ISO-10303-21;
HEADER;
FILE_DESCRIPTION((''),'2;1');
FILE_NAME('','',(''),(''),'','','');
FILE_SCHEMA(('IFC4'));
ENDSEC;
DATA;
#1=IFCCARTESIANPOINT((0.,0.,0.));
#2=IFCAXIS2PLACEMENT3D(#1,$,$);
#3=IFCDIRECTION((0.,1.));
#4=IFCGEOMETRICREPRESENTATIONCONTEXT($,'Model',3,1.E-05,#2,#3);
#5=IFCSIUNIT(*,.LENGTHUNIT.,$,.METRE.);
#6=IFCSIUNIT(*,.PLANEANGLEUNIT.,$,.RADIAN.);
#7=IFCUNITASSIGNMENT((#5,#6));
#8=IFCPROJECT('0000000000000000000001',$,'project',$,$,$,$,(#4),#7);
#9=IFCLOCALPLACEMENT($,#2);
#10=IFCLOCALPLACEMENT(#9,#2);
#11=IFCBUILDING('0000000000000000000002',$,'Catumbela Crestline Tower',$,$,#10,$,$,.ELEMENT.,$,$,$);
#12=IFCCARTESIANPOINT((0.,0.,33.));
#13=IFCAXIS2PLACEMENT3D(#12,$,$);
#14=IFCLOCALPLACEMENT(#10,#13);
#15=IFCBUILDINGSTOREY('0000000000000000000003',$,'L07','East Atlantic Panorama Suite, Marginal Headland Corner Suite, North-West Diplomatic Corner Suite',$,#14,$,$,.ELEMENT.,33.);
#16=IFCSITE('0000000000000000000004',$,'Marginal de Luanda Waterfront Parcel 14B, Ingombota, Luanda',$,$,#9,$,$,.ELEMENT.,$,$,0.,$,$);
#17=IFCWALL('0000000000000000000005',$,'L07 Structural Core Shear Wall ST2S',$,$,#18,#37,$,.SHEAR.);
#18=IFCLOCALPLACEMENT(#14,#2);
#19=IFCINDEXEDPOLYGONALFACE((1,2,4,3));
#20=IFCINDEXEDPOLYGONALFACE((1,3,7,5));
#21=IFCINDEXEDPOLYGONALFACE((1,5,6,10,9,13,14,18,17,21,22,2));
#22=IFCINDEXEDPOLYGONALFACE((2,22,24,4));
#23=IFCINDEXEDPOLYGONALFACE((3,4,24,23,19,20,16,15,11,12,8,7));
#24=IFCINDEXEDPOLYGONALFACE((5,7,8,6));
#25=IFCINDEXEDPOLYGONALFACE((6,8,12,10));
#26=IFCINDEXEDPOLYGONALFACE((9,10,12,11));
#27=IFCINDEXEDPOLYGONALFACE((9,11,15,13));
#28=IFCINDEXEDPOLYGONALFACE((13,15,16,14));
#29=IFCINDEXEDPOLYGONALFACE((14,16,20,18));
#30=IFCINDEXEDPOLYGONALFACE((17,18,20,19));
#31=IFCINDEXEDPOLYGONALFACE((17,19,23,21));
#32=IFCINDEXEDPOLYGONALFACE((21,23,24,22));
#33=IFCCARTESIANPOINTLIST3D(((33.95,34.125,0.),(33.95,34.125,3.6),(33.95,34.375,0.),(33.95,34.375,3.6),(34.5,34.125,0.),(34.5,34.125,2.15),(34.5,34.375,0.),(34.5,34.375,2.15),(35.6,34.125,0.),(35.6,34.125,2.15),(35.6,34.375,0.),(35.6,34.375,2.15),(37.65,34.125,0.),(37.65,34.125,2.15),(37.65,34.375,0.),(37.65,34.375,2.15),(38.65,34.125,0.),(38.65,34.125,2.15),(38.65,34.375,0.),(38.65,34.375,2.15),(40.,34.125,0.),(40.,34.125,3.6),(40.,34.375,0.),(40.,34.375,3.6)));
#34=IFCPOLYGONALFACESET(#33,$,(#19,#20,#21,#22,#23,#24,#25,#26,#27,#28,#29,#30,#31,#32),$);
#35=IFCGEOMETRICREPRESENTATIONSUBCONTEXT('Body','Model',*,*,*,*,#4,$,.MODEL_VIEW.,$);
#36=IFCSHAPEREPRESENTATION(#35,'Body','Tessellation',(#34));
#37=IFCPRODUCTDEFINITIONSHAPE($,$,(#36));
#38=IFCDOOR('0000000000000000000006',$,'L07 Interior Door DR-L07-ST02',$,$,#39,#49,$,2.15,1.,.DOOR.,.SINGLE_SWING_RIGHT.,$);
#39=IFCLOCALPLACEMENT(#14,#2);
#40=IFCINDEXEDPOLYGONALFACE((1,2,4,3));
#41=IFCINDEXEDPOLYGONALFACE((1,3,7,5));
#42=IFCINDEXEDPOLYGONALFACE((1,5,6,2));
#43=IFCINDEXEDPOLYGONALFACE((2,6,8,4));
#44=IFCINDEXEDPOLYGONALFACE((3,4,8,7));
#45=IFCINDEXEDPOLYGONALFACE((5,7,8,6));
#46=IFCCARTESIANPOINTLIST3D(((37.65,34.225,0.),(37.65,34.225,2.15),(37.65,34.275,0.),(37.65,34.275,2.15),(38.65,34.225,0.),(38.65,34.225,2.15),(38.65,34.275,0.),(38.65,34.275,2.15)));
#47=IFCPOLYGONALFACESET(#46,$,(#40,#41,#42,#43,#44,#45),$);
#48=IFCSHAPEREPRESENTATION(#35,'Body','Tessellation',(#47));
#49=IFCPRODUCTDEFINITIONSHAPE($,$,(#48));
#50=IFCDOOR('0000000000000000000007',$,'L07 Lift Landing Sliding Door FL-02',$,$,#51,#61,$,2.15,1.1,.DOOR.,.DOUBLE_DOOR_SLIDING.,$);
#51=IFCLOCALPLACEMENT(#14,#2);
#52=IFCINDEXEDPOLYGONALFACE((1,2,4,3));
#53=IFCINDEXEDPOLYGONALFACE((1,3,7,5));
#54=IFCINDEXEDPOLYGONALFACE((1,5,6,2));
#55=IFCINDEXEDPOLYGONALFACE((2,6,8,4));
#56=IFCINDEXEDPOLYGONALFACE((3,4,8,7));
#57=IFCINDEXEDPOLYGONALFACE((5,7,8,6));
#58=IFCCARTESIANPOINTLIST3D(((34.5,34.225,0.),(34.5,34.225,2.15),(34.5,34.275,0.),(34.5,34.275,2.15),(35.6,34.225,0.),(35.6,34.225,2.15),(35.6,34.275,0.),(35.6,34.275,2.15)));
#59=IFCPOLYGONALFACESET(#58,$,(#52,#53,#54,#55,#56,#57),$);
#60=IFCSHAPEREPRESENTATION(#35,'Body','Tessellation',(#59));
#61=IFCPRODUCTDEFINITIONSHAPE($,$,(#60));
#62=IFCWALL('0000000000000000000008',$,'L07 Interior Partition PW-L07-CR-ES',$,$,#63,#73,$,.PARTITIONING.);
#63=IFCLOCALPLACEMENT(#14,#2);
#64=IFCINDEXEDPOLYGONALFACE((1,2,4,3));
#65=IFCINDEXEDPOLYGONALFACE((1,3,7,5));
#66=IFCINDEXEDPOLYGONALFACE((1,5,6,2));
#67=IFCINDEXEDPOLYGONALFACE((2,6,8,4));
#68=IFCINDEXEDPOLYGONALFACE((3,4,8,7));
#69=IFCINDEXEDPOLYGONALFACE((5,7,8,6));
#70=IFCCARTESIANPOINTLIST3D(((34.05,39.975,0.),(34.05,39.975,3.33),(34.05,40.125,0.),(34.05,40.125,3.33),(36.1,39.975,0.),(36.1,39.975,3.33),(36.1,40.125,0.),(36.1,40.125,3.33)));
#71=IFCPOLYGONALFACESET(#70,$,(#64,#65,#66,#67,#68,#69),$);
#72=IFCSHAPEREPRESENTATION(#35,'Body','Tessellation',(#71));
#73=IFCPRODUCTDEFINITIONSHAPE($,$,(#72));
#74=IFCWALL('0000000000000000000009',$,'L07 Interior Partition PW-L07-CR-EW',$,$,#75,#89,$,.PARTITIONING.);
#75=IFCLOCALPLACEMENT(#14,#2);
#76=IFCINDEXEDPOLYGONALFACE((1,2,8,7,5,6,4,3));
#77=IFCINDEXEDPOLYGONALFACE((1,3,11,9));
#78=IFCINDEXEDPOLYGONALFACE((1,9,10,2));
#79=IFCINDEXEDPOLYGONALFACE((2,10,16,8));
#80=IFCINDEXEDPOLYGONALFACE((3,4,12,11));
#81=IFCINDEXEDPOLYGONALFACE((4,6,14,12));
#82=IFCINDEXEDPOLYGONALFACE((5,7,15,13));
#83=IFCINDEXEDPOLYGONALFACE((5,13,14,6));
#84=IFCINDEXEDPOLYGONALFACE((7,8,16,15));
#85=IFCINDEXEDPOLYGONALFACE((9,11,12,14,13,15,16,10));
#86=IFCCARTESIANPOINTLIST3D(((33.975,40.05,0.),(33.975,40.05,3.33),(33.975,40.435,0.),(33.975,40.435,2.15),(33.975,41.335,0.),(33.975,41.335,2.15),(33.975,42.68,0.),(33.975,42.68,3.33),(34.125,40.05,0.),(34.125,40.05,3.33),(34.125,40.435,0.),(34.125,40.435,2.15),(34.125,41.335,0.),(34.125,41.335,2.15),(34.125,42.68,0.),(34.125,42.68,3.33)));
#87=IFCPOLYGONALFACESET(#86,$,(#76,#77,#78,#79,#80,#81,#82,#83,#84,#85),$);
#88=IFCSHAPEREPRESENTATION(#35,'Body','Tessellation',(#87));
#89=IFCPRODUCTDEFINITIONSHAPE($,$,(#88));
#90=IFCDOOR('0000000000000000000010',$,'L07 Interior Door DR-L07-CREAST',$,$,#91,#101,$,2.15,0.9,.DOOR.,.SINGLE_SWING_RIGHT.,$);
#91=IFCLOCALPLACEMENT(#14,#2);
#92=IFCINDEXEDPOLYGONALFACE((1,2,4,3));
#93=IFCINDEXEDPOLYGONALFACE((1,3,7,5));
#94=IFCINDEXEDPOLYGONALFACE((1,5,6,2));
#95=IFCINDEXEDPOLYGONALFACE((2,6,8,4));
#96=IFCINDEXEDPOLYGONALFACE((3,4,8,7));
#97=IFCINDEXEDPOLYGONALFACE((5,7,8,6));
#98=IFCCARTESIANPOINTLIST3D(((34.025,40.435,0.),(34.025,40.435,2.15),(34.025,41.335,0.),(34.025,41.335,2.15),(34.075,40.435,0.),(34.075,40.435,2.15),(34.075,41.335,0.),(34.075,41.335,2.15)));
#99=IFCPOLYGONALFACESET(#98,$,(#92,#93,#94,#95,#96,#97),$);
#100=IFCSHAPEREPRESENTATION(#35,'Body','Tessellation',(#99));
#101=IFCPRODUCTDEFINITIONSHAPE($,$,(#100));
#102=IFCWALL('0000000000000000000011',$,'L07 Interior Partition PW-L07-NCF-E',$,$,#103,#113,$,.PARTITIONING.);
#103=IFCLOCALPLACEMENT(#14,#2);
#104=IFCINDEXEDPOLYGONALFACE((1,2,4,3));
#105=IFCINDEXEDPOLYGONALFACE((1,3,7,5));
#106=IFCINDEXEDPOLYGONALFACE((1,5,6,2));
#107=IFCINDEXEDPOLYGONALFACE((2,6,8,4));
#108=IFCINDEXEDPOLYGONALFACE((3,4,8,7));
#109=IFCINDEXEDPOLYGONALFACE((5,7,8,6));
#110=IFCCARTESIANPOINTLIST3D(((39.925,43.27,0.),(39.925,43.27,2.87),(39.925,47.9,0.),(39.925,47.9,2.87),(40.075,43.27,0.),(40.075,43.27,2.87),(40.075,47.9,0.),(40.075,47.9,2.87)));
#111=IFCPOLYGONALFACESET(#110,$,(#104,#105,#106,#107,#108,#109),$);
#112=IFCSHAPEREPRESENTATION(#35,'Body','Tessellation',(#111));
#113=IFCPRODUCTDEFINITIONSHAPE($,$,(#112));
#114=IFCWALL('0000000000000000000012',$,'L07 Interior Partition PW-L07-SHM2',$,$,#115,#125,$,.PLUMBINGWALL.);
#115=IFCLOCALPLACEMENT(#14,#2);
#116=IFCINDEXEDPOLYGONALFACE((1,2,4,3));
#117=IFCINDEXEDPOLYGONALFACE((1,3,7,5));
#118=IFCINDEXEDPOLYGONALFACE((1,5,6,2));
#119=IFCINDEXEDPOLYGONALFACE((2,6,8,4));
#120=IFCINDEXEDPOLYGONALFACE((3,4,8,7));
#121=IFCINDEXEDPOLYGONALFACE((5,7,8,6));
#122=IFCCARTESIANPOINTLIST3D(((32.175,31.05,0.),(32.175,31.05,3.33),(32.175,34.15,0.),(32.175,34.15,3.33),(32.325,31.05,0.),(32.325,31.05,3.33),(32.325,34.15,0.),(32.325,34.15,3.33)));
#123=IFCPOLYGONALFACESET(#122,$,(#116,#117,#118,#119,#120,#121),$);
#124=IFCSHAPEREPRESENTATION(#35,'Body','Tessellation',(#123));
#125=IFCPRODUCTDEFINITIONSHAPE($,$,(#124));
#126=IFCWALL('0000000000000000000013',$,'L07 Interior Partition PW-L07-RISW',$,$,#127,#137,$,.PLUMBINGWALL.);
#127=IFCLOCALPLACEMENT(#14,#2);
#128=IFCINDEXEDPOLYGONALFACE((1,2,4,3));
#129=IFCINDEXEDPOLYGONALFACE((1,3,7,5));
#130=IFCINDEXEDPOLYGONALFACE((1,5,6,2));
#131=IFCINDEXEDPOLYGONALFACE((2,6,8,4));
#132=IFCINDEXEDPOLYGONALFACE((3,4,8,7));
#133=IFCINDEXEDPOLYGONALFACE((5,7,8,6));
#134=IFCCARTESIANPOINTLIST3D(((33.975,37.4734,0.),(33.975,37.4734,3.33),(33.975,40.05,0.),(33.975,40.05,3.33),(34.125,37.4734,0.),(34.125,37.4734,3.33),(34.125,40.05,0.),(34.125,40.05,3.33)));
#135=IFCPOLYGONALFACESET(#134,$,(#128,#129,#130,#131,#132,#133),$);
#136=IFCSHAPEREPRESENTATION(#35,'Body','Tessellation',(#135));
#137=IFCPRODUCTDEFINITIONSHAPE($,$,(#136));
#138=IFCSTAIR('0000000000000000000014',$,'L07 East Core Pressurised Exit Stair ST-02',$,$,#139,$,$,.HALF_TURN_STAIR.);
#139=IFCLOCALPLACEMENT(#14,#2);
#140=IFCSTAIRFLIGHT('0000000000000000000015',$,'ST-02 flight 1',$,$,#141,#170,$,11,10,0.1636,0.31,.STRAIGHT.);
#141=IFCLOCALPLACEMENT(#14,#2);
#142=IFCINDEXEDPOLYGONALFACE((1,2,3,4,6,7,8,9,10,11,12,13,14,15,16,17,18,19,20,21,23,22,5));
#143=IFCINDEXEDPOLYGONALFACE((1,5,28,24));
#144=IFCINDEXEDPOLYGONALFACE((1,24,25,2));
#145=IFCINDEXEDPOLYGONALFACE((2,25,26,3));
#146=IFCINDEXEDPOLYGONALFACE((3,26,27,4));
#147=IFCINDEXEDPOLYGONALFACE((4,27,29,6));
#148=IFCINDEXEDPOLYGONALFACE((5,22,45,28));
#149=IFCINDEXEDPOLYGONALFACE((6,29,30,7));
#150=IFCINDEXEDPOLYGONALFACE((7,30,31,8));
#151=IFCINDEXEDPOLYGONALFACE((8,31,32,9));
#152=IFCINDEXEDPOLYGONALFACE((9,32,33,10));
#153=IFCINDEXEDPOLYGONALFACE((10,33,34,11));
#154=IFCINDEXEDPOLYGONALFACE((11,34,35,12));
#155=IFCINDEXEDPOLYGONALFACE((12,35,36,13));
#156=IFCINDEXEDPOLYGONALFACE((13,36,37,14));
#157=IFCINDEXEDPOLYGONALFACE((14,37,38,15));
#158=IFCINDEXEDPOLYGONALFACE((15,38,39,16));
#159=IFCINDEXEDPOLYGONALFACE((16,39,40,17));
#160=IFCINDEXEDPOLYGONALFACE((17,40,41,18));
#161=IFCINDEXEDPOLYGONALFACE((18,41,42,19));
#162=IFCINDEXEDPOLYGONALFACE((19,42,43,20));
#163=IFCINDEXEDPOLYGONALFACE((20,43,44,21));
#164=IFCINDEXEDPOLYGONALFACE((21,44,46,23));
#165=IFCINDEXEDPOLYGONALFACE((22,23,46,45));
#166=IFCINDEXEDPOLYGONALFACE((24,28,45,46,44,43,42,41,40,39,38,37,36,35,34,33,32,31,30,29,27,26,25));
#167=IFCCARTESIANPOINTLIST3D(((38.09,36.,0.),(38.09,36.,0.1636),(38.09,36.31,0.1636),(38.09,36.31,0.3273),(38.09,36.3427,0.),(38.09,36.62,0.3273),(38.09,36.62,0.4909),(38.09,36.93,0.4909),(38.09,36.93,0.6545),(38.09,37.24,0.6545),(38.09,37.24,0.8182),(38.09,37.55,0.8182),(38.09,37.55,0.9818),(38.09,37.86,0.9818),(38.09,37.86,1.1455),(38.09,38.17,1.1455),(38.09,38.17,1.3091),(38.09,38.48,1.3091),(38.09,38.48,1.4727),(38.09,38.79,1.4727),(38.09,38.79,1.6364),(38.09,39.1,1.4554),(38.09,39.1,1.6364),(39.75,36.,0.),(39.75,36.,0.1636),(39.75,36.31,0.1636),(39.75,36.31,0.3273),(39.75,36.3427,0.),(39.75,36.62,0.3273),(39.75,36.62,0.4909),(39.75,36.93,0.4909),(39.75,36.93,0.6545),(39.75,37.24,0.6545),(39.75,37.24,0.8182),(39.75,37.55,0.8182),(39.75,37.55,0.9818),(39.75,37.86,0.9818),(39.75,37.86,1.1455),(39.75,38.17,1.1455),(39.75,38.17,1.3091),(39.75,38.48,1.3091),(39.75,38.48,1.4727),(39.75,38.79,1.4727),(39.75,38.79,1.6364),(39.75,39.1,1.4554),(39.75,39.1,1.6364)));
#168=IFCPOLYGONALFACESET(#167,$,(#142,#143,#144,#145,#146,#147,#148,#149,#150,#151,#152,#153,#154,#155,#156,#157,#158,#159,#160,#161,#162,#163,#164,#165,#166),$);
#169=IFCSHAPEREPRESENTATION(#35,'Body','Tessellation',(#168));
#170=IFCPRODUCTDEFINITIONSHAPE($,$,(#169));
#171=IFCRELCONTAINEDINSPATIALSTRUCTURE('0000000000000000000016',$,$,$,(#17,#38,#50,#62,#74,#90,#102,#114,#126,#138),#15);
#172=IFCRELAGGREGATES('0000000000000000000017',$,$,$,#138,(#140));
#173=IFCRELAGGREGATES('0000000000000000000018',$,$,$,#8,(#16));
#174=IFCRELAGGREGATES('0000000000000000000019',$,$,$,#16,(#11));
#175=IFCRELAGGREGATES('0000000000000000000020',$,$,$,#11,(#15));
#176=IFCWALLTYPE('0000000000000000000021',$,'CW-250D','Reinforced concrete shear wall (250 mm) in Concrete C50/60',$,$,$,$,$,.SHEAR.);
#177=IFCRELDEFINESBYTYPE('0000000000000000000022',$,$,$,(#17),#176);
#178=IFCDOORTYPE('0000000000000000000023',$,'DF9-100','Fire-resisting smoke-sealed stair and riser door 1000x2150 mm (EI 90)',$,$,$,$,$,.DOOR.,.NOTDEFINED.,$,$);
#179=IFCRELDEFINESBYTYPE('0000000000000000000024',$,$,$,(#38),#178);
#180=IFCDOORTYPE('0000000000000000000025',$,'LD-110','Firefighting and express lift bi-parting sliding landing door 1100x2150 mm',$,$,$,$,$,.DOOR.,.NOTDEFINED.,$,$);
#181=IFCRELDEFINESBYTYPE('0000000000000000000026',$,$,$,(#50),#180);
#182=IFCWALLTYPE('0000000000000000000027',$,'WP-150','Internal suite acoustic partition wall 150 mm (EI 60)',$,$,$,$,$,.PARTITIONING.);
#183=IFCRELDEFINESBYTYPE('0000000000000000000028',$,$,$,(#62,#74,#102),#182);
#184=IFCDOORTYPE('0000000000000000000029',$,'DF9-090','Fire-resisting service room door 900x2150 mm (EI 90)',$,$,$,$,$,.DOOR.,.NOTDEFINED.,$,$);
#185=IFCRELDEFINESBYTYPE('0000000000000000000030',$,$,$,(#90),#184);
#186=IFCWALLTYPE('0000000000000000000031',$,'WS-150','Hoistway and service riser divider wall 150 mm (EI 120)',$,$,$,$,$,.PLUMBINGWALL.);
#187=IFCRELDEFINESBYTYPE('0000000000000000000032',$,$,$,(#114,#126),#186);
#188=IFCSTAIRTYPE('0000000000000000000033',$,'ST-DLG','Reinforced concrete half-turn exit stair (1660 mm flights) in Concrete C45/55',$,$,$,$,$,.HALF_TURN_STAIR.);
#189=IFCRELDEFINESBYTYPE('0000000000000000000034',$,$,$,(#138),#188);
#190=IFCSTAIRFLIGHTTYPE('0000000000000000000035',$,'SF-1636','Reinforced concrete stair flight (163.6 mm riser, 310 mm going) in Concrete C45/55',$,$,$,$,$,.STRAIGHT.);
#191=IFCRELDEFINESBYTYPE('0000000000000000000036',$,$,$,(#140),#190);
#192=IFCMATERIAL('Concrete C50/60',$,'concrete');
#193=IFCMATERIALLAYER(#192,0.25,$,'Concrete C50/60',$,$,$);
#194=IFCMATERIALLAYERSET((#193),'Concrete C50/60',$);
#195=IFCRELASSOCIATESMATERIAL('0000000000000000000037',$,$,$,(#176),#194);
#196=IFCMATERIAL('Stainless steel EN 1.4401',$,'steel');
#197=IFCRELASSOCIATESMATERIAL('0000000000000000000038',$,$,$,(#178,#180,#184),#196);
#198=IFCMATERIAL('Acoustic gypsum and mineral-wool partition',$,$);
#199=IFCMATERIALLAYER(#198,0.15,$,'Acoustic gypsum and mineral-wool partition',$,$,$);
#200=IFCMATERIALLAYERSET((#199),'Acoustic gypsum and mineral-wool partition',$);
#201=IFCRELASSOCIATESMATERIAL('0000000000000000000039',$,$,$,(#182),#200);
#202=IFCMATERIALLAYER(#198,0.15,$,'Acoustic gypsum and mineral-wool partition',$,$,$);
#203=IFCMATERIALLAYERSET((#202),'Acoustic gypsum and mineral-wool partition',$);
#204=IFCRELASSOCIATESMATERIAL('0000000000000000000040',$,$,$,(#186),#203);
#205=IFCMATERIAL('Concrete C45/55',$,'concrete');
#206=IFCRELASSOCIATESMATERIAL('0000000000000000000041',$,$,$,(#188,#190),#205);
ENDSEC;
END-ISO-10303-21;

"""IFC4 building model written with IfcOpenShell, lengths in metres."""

from ifc_helpers import new_model, si_unit, direction, frame, frame_2d, origin, place, context, subcontext, project, spatial, polyline, rectangle, outline, extrude, material, layer, layer_set, type_object, element, fill, aggregate, save


model = new_model("IFC4")

# Units and contexts
model_context = context("Model", 3, precision=1e-05, world=origin(), true_north=direction((0.0, 1.0)))
body_context = subcontext(model_context, "Body", "Model", "MODEL_VIEW")
ifc_project = project(units=[si_unit("LENGTHUNIT", "METRE"), si_unit("PLANEANGLEUNIT", "RADIAN")], contexts=[model_context])

# Site, building, storey
site_placement = place(None, origin())
site = spatial("IfcSite", under=ifc_project, at=site_placement, Name="Marginal de Luanda Waterfront Parcel 14B, Ingombota, Luanda", CompositionType="ELEMENT", RefElevation=0.0)
building_placement = place(site_placement, origin())
building = spatial("IfcBuilding", under=site, at=building_placement, Name="Catumbela Crestline Tower", CompositionType="ELEMENT")
storey_placement = place(building_placement, frame((0.0, 0.0, 33.0)))
storey = spatial("IfcBuildingStorey", under=building, at=storey_placement, Name="L07", Description="East Atlantic Panorama Suite, Marginal Headland Corner Suite, North-West Diplomatic Corner Suite", CompositionType="ELEMENT", Elevation=33.0)

# Shared definitions
ifc_material_1 = material(Name="Concrete C50/60", Category="concrete")
ifc_layer_1 = layer(ifc_material_1, 0.25, Name="Concrete C50/60")
ifc_layer_set_1 = layer_set([ifc_layer_1], Name="Concrete C50/60")
wall_type_1 = type_object("IfcWallType", Name="CW-250D", Description="Reinforced concrete shear wall (250 mm) in Concrete C50/60", PredefinedType="SHEAR", material=ifc_layer_set_1)

# Wall, openings, doors
wall_1_placement = place(storey_placement, frame((33.95, 34.25, 0.0), z_axis=(0.0, 0.0, 1.0), x_axis=(1.0, 0.0, 0.0)))
wall_1 = element("IfcWall", 1, at=wall_1_placement, inside=storey, type_object=wall_type_1, Name="L07 Structural Core Shear Wall ST2S", PredefinedType="SHEAR", context=body_context, shape_type="SweptSolid", body=[
    extrude(rectangle(XDim=6.05, YDim=0.25, at=frame_2d((3.025, 0.0))), origin(), (0.0, 0.0, 1.0), 3.6),
])
opening_1_placement = place(wall_1_placement, frame((3.7, 0.0, 0.0)))
opening_1 = element("IfcOpeningElement", 2, at=opening_1_placement, cuts=wall_1, PredefinedType="OPENING", context=body_context, shape_type="SweptSolid", body=[
    extrude(rectangle(XDim=1.0, YDim=2.15, at=frame_2d((0.5, 1.075))), frame((0.0, 0.135, 0.0), z_axis=(0.0, -1.0, 0.0), x_axis=(1.0, 0.0, 0.0)), (0.0, 0.0, 1.0), 0.27),
])
opening_2_placement = place(wall_1_placement, frame((0.55, 0.0, 0.0)))
opening_2 = element("IfcOpeningElement", 3, at=opening_2_placement, cuts=wall_1, PredefinedType="OPENING", context=body_context, shape_type="SweptSolid", body=[
    extrude(rectangle(XDim=1.1, YDim=2.15, at=frame_2d((0.55, 1.075))), frame((0.0, 0.135, 0.0), z_axis=(0.0, -1.0, 0.0), x_axis=(1.0, 0.0, 0.0)), (0.0, 0.0, 1.0), 0.27),
])
ifc_material_2 = material(Name="Stainless steel EN 1.4401", Category="steel")
door_type_1 = type_object("IfcDoorType", Name="DF9-100", Description="Fire-resisting smoke-sealed stair and riser door 1000x2150 mm (EI 90)", OperationType="NOTDEFINED", PredefinedType="DOOR", material=ifc_material_2)
door_1_placement = place(opening_1_placement, origin())
door_1 = element("IfcDoor", 4, at=door_1_placement, inside=storey, type_object=door_type_1, Name="L07 Interior Door DR-L07-ST02", OperationType="SINGLE_SWING_RIGHT", OverallHeight=2.15, OverallWidth=1.0, PredefinedType="DOOR", context=body_context, shape_type="SweptSolid", body=[
    extrude(rectangle(XDim=1.0, YDim=2.15, at=frame_2d((0.5, 1.075))), frame((0.0, 0.025, 0.0), z_axis=(0.0, -1.0, 0.0), x_axis=(1.0, 0.0, 0.0)), (0.0, 0.0, 1.0), 0.05),
])
fill(opening_1, door_1)
door_type_2 = type_object("IfcDoorType", Name="LD-110", Description="Firefighting and express lift bi-parting sliding landing door 1100x2150 mm", OperationType="NOTDEFINED", PredefinedType="DOOR", material=ifc_material_2)
door_2_placement = place(opening_2_placement, origin())
door_2 = element("IfcDoor", 5, at=door_2_placement, inside=storey, type_object=door_type_2, Name="L07 Lift Landing Sliding Door FL-02", OperationType="DOUBLE_DOOR_SLIDING", OverallHeight=2.15, OverallWidth=1.1, PredefinedType="DOOR", context=body_context, shape_type="SweptSolid", body=[
    extrude(rectangle(XDim=1.1, YDim=2.15, at=frame_2d((0.55, 1.075))), frame((0.0, 0.025, 0.0), z_axis=(0.0, -1.0, 0.0), x_axis=(1.0, 0.0, 0.0)), (0.0, 0.0, 1.0), 0.05),
])
fill(opening_2, door_2)

# Wall
ifc_material_3 = material(Name="Acoustic gypsum and mineral-wool partition")
ifc_layer_2 = layer(ifc_material_3, 0.15, Name="Acoustic gypsum and mineral-wool partition")
ifc_layer_set_2 = layer_set([ifc_layer_2], Name="Acoustic gypsum and mineral-wool partition")
wall_type_2 = type_object("IfcWallType", Name="WP-150", Description="Internal suite acoustic partition wall 150 mm (EI 60)", PredefinedType="PARTITIONING", material=ifc_layer_set_2)
wall_2_placement = place(storey_placement, frame((34.05, 40.05, 0.0), z_axis=(0.0, 0.0, 1.0), x_axis=(1.0, 0.0, 0.0)))
element("IfcWall", 6, at=wall_2_placement, inside=storey, type_object=wall_type_2, Name="L07 Interior Partition PW-L07-CR-ES", PredefinedType="PARTITIONING", context=body_context, shape_type="SweptSolid", body=[
    extrude(rectangle(XDim=2.05, YDim=0.15, at=frame_2d((1.025, 0.0))), origin(), (0.0, 0.0, 1.0), 3.33),
])

# Wall, opening, door
wall_3_placement = place(storey_placement, frame((34.05, 40.05, 0.0), z_axis=(0.0, 0.0, 1.0), x_axis=(0.0, 1.0, 0.0)))
wall_3 = element("IfcWall", 7, at=wall_3_placement, inside=storey, type_object=wall_type_2, Name="L07 Interior Partition PW-L07-CR-EW", PredefinedType="PARTITIONING", context=body_context, shape_type="SweptSolid", body=[
    extrude(rectangle(XDim=2.63, YDim=0.15, at=frame_2d((1.315, 0.0))), origin(), (0.0, 0.0, 1.0), 3.33),
])
opening_3_placement = place(wall_3_placement, frame((0.385, 0.0, 0.0)))
opening_3 = element("IfcOpeningElement", 8, at=opening_3_placement, cuts=wall_3, PredefinedType="OPENING", context=body_context, shape_type="SweptSolid", body=[
    extrude(rectangle(XDim=0.9, YDim=2.15, at=frame_2d((0.45, 1.075))), frame((0.0, 0.085, 0.0), z_axis=(0.0, -1.0, 0.0), x_axis=(1.0, 0.0, 0.0)), (0.0, 0.0, 1.0), 0.17),
])
door_type_3 = type_object("IfcDoorType", Name="DF9-090", Description="Fire-resisting service room door 900x2150 mm (EI 90)", OperationType="NOTDEFINED", PredefinedType="DOOR", material=ifc_material_2)
door_3_placement = place(opening_3_placement, origin())
door_3 = element("IfcDoor", 9, at=door_3_placement, inside=storey, type_object=door_type_3, Name="L07 Interior Door DR-L07-CREAST", OperationType="SINGLE_SWING_RIGHT", OverallHeight=2.15, OverallWidth=0.9, PredefinedType="DOOR", context=body_context, shape_type="SweptSolid", body=[
    extrude(rectangle(XDim=0.9, YDim=2.15, at=frame_2d((0.45, 1.075))), frame((0.0, 0.025, 0.0), z_axis=(0.0, -1.0, 0.0), x_axis=(1.0, 0.0, 0.0)), (0.0, 0.0, 1.0), 0.05),
])
fill(opening_3, door_3)

# Walls
wall_4_placement = place(storey_placement, frame((40.0, 43.27, 0.0), z_axis=(0.0, 0.0, 1.0), x_axis=(0.0, 1.0, 0.0)))
element("IfcWall", 10, at=wall_4_placement, inside=storey, type_object=wall_type_2, Name="L07 Interior Partition PW-L07-NCF-E", PredefinedType="PARTITIONING", context=body_context, shape_type="SweptSolid", body=[
    extrude(rectangle(XDim=4.63, YDim=0.15, at=frame_2d((2.315, 0.0))), origin(), (0.0, 0.0, 1.0), 2.87),
])
ifc_layer_3 = layer(ifc_material_3, 0.15, Name="Acoustic gypsum and mineral-wool partition")
ifc_layer_set_3 = layer_set([ifc_layer_3], Name="Acoustic gypsum and mineral-wool partition")
wall_type_3 = type_object("IfcWallType", Name="WS-150", Description="Hoistway and service riser divider wall 150 mm (EI 120)", PredefinedType="PLUMBINGWALL", material=ifc_layer_set_3)
wall_5_placement = place(storey_placement, frame((32.25, 31.05, 0.0), z_axis=(0.0, 0.0, 1.0), x_axis=(0.0, 1.0, 0.0)))
element("IfcWall", 11, at=wall_5_placement, inside=storey, type_object=wall_type_3, Name="L07 Interior Partition PW-L07-SHM2", PredefinedType="PLUMBINGWALL", context=body_context, shape_type="SweptSolid", body=[
    extrude(rectangle(XDim=3.1, YDim=0.15, at=frame_2d((1.55, 0.0))), origin(), (0.0, 0.0, 1.0), 3.33),
])
wall_6_placement = place(storey_placement, frame((34.05, 37.4734, 0.0), z_axis=(0.0, 0.0, 1.0), x_axis=(0.0, 1.0, 0.0)))
element("IfcWall", 12, at=wall_6_placement, inside=storey, type_object=wall_type_3, Name="L07 Interior Partition PW-L07-RISW", PredefinedType="PLUMBINGWALL", context=body_context, shape_type="SweptSolid", body=[
    extrude(rectangle(XDim=2.5766, YDim=0.15, at=frame_2d((1.2883, 0.0))), origin(), (0.0, 0.0, 1.0), 3.33),
])

# Stair, stair flight
ifc_material_4 = material(Name="Concrete C45/55", Category="concrete")
stair_type = type_object("IfcStairType", Name="ST-DLG", Description="Reinforced concrete half-turn exit stair (1660 mm flights) in Concrete C45/55", PredefinedType="HALF_TURN_STAIR", material=ifc_material_4)
stair_placement = place(storey_placement, origin())
stair = element("IfcStair", 13, at=stair_placement, inside=storey, type_object=stair_type, Name="L07 East Core Pressurised Exit Stair ST-02", PredefinedType="HALF_TURN_STAIR")
stair_flight_type = type_object("IfcStairFlightType", Name="SF-1636", Description="Reinforced concrete stair flight (163.6 mm riser, 310 mm going) in Concrete C45/55", PredefinedType="STRAIGHT", material=ifc_material_4)
stair_flight_1_placement = place(storey_placement, frame((38.92, 36.0, 0.0), z_axis=(0.0, 0.0, 1.0), x_axis=(0.0, 1.0, 0.0)))
stair_flight_1 = element("IfcStairFlight", 14, at=stair_flight_1_placement, type_object=stair_flight_type, Name="ST-02 flight 1", NumberOfRisers=11, NumberOfTreads=10, PredefinedType="STRAIGHT", RiserHeight=0.1636, TreadLength=0.31, context=body_context, shape_type="SweptSolid", body=[
    extrude(outline(polyline([(0.0, 0.0), (0.0, 0.1636), (0.31, 0.1636), (0.31, 0.3273), (0.62, 0.3273), (0.62, 0.4909), (0.93, 0.4909), (0.93, 0.6545), (1.24, 0.6545), (1.24, 0.8182), (1.55, 0.8182), (1.55, 0.9818), (1.86, 0.9818), (1.86, 1.1455), (2.17, 1.1455), (2.17, 1.3091), (2.48, 1.3091), (2.48, 1.4727), (2.79, 1.4727), (2.79, 1.6364), (3.1, 1.6364), (3.1, 1.8), (3.1, 1.4554), (0.3427, 0.0), (0.0, 0.0)])), frame((0.0, 0.83, 0.0), z_axis=(0.0, -1.0, 0.0), x_axis=(1.0, 0.0, 0.0)), (0.0, 0.0, 1.0), 1.66),
])
aggregate(stair, [stair_flight_1])

save(model, "model.ifc")
